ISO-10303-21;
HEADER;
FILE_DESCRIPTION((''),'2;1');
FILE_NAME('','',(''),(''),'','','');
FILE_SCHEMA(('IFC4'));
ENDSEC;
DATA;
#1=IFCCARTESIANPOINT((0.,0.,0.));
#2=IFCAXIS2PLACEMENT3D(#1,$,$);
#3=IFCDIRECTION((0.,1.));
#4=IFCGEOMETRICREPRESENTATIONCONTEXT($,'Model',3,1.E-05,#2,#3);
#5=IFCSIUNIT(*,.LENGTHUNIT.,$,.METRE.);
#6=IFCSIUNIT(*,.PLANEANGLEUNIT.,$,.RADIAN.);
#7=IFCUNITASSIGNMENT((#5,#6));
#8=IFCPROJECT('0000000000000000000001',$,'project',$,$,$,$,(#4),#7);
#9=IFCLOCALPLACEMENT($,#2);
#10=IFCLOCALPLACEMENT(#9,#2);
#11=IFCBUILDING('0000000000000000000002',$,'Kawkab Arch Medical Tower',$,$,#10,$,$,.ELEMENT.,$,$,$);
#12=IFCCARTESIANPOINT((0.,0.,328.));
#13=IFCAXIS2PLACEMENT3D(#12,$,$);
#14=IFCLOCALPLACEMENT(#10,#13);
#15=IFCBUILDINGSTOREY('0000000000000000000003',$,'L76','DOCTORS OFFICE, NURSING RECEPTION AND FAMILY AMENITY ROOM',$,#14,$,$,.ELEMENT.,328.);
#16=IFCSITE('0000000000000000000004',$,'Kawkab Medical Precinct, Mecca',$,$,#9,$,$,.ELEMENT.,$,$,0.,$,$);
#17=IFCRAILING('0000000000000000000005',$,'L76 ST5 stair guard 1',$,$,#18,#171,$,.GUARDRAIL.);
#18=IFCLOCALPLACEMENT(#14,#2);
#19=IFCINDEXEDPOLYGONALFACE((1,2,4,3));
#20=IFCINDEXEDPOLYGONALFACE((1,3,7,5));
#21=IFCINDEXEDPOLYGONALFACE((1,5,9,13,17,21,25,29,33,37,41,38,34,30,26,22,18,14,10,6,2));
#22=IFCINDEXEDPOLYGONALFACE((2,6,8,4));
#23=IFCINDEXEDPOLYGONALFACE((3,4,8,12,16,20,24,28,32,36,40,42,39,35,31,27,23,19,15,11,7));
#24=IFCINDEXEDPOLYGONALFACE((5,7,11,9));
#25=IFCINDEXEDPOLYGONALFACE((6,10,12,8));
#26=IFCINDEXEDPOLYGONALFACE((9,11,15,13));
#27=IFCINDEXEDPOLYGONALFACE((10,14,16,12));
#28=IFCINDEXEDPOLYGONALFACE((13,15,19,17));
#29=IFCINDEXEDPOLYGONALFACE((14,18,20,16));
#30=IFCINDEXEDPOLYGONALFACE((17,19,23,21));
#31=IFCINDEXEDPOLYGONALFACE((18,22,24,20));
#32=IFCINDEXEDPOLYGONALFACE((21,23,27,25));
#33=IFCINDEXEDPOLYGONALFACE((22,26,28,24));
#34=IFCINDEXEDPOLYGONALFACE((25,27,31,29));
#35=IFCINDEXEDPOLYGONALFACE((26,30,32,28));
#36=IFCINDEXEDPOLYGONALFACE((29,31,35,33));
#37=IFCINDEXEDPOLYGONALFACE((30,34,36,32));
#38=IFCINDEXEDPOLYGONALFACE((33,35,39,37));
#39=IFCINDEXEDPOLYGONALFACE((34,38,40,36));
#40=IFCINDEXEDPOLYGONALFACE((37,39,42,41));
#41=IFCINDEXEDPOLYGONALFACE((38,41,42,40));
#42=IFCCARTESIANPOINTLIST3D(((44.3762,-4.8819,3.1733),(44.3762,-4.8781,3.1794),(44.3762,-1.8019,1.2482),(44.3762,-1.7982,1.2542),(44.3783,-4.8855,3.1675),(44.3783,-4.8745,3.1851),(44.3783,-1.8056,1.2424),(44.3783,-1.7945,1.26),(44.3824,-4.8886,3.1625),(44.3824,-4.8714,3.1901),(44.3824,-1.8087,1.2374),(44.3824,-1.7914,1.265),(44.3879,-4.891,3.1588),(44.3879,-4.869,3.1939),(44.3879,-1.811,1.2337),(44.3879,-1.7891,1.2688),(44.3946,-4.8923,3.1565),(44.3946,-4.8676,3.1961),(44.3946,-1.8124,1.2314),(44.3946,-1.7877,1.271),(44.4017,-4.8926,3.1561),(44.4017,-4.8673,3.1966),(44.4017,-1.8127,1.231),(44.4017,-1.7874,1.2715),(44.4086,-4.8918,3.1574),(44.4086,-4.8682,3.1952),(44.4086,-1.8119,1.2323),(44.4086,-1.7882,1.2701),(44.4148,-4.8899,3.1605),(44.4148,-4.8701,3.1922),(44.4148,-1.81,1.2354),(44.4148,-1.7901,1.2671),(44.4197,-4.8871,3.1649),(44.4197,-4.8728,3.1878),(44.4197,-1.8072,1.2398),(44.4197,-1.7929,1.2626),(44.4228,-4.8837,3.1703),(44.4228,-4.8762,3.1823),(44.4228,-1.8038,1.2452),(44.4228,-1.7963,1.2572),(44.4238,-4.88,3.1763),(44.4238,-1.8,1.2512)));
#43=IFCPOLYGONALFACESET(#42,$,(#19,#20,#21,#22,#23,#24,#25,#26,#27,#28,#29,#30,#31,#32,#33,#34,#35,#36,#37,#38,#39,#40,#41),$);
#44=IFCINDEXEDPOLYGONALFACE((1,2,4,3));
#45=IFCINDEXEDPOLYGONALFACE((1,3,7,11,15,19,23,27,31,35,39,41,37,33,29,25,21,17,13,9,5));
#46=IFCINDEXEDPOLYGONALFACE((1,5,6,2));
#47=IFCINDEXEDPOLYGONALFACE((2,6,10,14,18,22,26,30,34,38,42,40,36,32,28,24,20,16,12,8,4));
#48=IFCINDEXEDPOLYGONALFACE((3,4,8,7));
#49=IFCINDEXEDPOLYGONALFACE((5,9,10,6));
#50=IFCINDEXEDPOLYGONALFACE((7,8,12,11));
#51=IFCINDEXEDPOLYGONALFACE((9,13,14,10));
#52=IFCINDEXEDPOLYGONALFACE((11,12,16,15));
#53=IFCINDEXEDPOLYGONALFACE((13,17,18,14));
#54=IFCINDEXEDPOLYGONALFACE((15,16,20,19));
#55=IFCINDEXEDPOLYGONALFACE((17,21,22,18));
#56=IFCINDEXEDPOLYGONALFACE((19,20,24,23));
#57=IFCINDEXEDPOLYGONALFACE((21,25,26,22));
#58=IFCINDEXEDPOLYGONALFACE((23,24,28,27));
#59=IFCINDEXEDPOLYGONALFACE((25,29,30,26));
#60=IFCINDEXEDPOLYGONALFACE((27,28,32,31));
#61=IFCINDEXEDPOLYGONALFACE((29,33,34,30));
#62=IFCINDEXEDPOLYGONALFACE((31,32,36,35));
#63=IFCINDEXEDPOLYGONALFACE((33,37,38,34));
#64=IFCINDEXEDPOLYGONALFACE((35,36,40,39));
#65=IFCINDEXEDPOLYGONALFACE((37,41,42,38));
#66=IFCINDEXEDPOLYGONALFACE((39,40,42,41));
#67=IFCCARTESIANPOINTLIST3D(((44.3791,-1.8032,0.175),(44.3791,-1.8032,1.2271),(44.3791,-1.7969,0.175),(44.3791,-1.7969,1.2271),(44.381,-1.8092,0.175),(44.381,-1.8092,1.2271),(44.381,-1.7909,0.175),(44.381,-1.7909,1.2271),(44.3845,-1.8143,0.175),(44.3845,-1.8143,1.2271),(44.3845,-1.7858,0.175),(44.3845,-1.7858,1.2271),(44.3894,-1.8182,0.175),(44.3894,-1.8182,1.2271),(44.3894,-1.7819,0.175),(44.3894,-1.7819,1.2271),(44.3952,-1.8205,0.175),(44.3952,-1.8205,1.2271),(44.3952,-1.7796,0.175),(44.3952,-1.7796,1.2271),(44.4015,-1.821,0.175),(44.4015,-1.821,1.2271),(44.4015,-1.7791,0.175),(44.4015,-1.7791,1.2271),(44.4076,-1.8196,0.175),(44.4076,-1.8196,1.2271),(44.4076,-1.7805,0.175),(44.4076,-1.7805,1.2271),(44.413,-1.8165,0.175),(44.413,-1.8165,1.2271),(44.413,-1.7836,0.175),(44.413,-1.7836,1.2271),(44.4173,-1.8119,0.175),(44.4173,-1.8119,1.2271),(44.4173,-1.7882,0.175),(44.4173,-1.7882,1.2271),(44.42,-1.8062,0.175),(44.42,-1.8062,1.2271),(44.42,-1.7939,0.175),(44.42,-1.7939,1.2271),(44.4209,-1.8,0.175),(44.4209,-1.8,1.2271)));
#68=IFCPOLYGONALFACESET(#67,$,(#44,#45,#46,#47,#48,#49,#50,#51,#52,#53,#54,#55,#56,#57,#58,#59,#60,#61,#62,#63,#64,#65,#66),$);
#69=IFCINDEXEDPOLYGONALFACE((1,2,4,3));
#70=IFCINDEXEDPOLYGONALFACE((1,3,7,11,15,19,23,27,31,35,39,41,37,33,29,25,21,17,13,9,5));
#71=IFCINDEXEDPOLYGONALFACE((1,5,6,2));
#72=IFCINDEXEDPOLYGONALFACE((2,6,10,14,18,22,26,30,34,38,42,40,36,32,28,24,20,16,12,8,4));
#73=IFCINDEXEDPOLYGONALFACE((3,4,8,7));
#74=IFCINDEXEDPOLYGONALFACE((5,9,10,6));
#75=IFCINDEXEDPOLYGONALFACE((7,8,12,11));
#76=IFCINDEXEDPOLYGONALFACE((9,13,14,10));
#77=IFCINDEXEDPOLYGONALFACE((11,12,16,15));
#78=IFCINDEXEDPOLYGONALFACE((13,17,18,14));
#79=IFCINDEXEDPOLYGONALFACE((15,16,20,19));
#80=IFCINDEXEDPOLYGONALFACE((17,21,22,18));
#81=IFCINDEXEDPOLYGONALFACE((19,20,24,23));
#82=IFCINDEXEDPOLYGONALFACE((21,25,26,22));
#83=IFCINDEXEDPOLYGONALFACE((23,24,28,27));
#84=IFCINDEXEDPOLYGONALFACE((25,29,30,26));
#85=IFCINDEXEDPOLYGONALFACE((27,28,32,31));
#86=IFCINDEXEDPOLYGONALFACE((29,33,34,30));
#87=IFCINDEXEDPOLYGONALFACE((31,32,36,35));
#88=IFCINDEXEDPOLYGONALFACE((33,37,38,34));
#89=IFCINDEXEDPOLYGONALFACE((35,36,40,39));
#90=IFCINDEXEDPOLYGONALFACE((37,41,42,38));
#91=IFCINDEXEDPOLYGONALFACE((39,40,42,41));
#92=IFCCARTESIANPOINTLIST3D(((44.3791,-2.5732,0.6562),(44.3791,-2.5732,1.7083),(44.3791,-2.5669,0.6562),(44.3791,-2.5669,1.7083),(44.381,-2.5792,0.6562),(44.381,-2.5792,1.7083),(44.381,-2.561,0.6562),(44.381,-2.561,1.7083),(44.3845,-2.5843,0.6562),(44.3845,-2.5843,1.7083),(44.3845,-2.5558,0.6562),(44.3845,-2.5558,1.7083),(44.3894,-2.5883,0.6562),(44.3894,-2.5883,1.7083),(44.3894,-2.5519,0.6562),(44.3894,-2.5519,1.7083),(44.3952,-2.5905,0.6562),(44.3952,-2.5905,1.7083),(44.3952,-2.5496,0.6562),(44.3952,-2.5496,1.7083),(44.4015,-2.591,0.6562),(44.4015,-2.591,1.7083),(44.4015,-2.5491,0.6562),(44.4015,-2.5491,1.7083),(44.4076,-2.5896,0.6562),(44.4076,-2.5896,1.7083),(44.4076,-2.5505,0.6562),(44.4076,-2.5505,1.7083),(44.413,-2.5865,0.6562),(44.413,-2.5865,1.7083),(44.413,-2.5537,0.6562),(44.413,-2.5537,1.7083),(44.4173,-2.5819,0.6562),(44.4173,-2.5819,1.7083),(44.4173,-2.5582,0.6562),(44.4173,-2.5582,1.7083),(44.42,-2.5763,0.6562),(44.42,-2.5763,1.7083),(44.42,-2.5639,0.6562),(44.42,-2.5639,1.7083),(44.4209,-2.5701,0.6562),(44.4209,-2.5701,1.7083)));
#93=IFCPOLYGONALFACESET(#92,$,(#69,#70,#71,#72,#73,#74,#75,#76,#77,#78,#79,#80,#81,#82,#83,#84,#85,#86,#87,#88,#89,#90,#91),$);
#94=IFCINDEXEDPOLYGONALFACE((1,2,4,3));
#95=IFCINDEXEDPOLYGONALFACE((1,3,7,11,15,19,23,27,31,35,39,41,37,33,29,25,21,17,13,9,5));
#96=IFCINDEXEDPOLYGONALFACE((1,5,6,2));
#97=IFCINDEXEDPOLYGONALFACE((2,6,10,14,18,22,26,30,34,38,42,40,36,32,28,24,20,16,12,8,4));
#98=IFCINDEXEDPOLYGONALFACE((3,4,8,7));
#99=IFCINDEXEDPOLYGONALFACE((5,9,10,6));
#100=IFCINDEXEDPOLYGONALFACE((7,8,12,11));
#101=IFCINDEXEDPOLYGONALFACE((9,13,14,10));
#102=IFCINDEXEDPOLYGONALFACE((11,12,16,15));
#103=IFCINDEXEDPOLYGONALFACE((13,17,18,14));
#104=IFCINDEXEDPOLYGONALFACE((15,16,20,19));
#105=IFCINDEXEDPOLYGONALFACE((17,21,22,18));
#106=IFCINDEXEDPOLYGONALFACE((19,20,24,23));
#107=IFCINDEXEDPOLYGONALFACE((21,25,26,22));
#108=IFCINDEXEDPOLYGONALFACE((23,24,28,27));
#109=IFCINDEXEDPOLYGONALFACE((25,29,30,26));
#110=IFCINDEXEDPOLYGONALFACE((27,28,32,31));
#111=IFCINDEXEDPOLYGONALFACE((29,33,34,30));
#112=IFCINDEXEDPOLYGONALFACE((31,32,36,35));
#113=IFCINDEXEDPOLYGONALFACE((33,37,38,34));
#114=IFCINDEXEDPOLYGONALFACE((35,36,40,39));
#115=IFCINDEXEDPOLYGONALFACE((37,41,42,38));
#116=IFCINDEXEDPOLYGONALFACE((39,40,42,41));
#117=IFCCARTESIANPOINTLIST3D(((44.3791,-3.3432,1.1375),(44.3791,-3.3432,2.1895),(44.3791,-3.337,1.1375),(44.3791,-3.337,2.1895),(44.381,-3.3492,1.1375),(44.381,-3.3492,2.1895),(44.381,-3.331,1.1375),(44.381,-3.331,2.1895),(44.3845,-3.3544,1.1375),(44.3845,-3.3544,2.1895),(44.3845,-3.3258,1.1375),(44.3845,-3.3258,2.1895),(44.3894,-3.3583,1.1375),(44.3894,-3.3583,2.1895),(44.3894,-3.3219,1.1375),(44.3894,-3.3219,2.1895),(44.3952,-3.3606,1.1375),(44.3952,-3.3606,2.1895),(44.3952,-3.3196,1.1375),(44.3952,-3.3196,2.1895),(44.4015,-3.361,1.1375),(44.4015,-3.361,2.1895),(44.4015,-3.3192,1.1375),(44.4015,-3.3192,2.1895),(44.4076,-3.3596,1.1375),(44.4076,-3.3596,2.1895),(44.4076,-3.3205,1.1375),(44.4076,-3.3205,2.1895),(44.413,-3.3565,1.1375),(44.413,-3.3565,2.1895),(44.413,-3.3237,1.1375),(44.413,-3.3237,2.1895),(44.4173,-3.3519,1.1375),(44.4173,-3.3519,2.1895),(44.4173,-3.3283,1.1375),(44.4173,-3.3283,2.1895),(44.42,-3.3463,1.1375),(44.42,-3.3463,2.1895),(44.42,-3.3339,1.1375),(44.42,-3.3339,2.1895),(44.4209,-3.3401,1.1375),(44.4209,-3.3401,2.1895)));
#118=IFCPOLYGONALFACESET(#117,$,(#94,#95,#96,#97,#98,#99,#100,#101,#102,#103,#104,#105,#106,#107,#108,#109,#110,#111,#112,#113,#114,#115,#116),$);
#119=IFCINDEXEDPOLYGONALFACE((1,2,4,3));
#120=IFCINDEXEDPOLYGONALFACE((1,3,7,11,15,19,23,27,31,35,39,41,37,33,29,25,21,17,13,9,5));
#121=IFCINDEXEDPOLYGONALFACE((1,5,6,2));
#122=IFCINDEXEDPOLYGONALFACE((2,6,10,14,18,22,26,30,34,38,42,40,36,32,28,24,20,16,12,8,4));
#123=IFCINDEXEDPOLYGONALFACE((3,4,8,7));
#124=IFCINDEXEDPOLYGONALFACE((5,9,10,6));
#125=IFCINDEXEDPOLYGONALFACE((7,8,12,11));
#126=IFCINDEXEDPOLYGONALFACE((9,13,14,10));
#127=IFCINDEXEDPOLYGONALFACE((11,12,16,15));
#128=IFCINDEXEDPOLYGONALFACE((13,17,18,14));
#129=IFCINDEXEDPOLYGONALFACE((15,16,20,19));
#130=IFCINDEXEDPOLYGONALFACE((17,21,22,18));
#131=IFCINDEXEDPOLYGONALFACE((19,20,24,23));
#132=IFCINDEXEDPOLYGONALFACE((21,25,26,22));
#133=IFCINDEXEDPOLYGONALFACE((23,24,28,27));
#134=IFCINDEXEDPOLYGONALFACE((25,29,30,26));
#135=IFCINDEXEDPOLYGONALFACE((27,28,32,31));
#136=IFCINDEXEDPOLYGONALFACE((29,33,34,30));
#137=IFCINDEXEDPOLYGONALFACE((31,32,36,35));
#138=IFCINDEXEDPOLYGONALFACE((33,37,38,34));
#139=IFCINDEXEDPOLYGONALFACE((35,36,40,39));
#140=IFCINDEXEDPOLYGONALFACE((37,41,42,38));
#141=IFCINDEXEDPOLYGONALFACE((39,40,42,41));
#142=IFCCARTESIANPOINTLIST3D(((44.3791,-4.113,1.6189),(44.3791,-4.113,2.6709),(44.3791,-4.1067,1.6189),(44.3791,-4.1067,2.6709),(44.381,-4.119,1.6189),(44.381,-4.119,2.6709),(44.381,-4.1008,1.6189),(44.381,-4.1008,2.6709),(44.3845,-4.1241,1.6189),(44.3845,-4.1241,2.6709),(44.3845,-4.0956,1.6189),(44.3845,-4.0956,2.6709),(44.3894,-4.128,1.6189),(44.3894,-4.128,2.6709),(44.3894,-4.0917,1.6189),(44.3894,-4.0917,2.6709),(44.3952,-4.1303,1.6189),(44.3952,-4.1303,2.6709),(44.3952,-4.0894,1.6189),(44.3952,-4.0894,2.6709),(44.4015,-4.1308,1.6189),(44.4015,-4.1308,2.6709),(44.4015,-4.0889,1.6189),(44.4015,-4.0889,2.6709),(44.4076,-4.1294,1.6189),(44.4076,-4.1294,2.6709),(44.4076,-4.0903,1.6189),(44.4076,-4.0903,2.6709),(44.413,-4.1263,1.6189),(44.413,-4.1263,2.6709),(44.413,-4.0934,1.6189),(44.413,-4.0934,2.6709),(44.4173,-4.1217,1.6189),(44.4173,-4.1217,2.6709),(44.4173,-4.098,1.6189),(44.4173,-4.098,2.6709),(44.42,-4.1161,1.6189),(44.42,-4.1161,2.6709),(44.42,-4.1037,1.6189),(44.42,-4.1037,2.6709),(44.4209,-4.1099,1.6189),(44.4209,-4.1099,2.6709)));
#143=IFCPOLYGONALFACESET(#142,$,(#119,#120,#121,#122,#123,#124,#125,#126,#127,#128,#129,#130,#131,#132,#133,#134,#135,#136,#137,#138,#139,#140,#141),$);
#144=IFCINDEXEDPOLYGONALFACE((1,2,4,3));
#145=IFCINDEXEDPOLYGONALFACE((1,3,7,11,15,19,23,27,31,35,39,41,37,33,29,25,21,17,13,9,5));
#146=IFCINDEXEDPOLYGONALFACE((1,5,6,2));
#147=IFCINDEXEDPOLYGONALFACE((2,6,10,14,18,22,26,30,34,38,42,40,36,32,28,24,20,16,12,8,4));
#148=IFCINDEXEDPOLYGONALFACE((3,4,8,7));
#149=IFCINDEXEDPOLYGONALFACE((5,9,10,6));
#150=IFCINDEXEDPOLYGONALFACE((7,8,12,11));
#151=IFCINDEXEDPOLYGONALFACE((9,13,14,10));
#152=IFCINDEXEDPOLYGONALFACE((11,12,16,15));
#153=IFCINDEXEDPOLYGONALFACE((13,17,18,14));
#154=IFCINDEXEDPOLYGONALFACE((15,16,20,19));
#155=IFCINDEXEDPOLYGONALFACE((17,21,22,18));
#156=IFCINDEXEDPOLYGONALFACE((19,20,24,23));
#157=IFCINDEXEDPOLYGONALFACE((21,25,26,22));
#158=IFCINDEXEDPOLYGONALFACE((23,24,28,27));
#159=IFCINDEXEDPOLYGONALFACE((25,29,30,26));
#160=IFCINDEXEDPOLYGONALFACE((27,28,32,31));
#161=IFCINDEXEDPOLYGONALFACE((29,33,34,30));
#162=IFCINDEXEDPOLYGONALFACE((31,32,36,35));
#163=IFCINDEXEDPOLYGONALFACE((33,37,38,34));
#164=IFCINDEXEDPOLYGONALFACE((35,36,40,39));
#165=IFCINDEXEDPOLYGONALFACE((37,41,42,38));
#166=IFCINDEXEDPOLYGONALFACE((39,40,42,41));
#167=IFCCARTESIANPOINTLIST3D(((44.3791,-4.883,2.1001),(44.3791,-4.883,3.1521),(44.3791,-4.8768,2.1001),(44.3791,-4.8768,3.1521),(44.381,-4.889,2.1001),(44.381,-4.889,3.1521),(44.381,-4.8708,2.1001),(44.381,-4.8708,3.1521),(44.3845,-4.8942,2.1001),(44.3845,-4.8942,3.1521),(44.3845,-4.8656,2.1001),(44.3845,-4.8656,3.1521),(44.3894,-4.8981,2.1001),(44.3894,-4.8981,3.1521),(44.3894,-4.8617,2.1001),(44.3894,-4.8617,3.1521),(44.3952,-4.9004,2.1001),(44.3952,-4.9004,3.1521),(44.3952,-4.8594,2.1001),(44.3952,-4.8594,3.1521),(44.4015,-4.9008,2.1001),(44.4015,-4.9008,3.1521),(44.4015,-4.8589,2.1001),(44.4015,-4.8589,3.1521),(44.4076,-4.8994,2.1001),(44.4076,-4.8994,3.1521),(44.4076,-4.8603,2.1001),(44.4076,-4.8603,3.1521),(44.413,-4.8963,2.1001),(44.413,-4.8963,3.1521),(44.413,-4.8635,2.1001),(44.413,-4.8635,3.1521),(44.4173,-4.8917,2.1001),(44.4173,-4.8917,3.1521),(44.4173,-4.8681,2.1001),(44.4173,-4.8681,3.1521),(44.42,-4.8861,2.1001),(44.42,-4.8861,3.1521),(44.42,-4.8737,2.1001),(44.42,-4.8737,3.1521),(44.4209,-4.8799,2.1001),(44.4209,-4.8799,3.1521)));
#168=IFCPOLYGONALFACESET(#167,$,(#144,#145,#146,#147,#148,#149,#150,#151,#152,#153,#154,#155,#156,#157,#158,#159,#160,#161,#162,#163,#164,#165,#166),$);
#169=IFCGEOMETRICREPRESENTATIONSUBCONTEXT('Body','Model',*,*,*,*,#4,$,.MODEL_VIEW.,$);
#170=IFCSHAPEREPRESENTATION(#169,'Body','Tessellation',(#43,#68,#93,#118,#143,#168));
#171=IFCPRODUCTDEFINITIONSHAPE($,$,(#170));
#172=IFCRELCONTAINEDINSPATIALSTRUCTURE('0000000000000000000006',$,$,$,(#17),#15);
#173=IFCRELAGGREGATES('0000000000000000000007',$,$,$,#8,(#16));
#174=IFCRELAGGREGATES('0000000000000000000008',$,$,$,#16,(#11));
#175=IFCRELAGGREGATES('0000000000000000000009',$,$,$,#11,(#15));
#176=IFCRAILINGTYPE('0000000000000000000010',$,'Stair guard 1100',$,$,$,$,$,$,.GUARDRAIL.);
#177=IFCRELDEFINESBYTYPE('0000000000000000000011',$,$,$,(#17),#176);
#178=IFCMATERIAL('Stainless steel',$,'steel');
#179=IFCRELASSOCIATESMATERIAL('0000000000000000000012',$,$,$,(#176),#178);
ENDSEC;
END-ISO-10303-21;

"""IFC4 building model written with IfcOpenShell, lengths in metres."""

from ifc_helpers import new_model, si_unit, direction, frame, origin, origin_2d, place, context, subcontext, project, spatial, circle, extrude, material, type_object, element, save


model = new_model("IFC4")

# Units and contexts
model_context = context("Model", 3, precision=1e-05, world=origin(), true_north=direction((0.0, 1.0)))
body_context = subcontext(model_context, "Body", "Model", "MODEL_VIEW")
ifc_project = project(units=[si_unit("LENGTHUNIT", "METRE"), si_unit("PLANEANGLEUNIT", "RADIAN")], contexts=[model_context])

# Site, building, storey
site_placement = place(None, origin())
site = spatial("IfcSite", under=ifc_project, at=site_placement, Name="Kawkab Medical Precinct, Mecca", CompositionType="ELEMENT", RefElevation=0.0)
building_placement = place(site_placement, origin())
building = spatial("IfcBuilding", under=site, at=building_placement, Name="Kawkab Arch Medical Tower", CompositionType="ELEMENT")
storey_placement = place(building_placement, frame((0.0, 0.0, 328.0)))
storey = spatial("IfcBuildingStorey", under=building, at=storey_placement, Name="L76", Description="DOCTORS OFFICE, NURSING RECEPTION AND FAMILY AMENITY ROOM", CompositionType="ELEMENT", Elevation=328.0)

# Railing
ifc_material_1 = material(Name="Stainless steel", Category="steel")
railing_type = type_object("IfcRailingType", Name="Stair guard 1100", PredefinedType="GUARDRAIL", material=ifc_material_1)
railing_1_placement = place(storey_placement, frame((44.3999, -1.8, 0.175)))
element("IfcRailing", 1, at=railing_1_placement, inside=storey, type_object=railing_type, Name="L76 ST5 stair guard 1", PredefinedType="GUARDRAIL", context=body_context, shape_type="SweptSolid", body=[
    extrude(circle(Radius=0.0239, at=origin_2d()), frame((0.0, 0.0, 1.0762), z_axis=(0.0, -0.847979, 0.530029), x_axis=(1.0, 0.0, 0.0)), (0.0, 0.0, 1.0), 3.6321),
    extrude(circle(Radius=0.021, at=origin_2d()), origin(), (0.0, 0.0, 1.0), 1.052),
    extrude(circle(Radius=0.021, at=origin_2d()), frame((0.0, -0.77, 0.4812)), (0.0, 0.0, 1.0), 1.052),
    extrude(circle(Radius=0.021, at=origin_2d()), frame((0.0, -1.54, 0.9624)), (0.0, 0.0, 1.0), 1.052),
    extrude(circle(Radius=0.021, at=origin_2d()), frame((0.0, -2.3098, 1.4438)), (0.0, 0.0, 1.0), 1.052),
    extrude(circle(Radius=0.021, at=origin_2d()), frame((0.0, -3.0798, 1.925)), (0.0, 0.0, 1.0), 1.052),
])

save(model, "model.ifc")
